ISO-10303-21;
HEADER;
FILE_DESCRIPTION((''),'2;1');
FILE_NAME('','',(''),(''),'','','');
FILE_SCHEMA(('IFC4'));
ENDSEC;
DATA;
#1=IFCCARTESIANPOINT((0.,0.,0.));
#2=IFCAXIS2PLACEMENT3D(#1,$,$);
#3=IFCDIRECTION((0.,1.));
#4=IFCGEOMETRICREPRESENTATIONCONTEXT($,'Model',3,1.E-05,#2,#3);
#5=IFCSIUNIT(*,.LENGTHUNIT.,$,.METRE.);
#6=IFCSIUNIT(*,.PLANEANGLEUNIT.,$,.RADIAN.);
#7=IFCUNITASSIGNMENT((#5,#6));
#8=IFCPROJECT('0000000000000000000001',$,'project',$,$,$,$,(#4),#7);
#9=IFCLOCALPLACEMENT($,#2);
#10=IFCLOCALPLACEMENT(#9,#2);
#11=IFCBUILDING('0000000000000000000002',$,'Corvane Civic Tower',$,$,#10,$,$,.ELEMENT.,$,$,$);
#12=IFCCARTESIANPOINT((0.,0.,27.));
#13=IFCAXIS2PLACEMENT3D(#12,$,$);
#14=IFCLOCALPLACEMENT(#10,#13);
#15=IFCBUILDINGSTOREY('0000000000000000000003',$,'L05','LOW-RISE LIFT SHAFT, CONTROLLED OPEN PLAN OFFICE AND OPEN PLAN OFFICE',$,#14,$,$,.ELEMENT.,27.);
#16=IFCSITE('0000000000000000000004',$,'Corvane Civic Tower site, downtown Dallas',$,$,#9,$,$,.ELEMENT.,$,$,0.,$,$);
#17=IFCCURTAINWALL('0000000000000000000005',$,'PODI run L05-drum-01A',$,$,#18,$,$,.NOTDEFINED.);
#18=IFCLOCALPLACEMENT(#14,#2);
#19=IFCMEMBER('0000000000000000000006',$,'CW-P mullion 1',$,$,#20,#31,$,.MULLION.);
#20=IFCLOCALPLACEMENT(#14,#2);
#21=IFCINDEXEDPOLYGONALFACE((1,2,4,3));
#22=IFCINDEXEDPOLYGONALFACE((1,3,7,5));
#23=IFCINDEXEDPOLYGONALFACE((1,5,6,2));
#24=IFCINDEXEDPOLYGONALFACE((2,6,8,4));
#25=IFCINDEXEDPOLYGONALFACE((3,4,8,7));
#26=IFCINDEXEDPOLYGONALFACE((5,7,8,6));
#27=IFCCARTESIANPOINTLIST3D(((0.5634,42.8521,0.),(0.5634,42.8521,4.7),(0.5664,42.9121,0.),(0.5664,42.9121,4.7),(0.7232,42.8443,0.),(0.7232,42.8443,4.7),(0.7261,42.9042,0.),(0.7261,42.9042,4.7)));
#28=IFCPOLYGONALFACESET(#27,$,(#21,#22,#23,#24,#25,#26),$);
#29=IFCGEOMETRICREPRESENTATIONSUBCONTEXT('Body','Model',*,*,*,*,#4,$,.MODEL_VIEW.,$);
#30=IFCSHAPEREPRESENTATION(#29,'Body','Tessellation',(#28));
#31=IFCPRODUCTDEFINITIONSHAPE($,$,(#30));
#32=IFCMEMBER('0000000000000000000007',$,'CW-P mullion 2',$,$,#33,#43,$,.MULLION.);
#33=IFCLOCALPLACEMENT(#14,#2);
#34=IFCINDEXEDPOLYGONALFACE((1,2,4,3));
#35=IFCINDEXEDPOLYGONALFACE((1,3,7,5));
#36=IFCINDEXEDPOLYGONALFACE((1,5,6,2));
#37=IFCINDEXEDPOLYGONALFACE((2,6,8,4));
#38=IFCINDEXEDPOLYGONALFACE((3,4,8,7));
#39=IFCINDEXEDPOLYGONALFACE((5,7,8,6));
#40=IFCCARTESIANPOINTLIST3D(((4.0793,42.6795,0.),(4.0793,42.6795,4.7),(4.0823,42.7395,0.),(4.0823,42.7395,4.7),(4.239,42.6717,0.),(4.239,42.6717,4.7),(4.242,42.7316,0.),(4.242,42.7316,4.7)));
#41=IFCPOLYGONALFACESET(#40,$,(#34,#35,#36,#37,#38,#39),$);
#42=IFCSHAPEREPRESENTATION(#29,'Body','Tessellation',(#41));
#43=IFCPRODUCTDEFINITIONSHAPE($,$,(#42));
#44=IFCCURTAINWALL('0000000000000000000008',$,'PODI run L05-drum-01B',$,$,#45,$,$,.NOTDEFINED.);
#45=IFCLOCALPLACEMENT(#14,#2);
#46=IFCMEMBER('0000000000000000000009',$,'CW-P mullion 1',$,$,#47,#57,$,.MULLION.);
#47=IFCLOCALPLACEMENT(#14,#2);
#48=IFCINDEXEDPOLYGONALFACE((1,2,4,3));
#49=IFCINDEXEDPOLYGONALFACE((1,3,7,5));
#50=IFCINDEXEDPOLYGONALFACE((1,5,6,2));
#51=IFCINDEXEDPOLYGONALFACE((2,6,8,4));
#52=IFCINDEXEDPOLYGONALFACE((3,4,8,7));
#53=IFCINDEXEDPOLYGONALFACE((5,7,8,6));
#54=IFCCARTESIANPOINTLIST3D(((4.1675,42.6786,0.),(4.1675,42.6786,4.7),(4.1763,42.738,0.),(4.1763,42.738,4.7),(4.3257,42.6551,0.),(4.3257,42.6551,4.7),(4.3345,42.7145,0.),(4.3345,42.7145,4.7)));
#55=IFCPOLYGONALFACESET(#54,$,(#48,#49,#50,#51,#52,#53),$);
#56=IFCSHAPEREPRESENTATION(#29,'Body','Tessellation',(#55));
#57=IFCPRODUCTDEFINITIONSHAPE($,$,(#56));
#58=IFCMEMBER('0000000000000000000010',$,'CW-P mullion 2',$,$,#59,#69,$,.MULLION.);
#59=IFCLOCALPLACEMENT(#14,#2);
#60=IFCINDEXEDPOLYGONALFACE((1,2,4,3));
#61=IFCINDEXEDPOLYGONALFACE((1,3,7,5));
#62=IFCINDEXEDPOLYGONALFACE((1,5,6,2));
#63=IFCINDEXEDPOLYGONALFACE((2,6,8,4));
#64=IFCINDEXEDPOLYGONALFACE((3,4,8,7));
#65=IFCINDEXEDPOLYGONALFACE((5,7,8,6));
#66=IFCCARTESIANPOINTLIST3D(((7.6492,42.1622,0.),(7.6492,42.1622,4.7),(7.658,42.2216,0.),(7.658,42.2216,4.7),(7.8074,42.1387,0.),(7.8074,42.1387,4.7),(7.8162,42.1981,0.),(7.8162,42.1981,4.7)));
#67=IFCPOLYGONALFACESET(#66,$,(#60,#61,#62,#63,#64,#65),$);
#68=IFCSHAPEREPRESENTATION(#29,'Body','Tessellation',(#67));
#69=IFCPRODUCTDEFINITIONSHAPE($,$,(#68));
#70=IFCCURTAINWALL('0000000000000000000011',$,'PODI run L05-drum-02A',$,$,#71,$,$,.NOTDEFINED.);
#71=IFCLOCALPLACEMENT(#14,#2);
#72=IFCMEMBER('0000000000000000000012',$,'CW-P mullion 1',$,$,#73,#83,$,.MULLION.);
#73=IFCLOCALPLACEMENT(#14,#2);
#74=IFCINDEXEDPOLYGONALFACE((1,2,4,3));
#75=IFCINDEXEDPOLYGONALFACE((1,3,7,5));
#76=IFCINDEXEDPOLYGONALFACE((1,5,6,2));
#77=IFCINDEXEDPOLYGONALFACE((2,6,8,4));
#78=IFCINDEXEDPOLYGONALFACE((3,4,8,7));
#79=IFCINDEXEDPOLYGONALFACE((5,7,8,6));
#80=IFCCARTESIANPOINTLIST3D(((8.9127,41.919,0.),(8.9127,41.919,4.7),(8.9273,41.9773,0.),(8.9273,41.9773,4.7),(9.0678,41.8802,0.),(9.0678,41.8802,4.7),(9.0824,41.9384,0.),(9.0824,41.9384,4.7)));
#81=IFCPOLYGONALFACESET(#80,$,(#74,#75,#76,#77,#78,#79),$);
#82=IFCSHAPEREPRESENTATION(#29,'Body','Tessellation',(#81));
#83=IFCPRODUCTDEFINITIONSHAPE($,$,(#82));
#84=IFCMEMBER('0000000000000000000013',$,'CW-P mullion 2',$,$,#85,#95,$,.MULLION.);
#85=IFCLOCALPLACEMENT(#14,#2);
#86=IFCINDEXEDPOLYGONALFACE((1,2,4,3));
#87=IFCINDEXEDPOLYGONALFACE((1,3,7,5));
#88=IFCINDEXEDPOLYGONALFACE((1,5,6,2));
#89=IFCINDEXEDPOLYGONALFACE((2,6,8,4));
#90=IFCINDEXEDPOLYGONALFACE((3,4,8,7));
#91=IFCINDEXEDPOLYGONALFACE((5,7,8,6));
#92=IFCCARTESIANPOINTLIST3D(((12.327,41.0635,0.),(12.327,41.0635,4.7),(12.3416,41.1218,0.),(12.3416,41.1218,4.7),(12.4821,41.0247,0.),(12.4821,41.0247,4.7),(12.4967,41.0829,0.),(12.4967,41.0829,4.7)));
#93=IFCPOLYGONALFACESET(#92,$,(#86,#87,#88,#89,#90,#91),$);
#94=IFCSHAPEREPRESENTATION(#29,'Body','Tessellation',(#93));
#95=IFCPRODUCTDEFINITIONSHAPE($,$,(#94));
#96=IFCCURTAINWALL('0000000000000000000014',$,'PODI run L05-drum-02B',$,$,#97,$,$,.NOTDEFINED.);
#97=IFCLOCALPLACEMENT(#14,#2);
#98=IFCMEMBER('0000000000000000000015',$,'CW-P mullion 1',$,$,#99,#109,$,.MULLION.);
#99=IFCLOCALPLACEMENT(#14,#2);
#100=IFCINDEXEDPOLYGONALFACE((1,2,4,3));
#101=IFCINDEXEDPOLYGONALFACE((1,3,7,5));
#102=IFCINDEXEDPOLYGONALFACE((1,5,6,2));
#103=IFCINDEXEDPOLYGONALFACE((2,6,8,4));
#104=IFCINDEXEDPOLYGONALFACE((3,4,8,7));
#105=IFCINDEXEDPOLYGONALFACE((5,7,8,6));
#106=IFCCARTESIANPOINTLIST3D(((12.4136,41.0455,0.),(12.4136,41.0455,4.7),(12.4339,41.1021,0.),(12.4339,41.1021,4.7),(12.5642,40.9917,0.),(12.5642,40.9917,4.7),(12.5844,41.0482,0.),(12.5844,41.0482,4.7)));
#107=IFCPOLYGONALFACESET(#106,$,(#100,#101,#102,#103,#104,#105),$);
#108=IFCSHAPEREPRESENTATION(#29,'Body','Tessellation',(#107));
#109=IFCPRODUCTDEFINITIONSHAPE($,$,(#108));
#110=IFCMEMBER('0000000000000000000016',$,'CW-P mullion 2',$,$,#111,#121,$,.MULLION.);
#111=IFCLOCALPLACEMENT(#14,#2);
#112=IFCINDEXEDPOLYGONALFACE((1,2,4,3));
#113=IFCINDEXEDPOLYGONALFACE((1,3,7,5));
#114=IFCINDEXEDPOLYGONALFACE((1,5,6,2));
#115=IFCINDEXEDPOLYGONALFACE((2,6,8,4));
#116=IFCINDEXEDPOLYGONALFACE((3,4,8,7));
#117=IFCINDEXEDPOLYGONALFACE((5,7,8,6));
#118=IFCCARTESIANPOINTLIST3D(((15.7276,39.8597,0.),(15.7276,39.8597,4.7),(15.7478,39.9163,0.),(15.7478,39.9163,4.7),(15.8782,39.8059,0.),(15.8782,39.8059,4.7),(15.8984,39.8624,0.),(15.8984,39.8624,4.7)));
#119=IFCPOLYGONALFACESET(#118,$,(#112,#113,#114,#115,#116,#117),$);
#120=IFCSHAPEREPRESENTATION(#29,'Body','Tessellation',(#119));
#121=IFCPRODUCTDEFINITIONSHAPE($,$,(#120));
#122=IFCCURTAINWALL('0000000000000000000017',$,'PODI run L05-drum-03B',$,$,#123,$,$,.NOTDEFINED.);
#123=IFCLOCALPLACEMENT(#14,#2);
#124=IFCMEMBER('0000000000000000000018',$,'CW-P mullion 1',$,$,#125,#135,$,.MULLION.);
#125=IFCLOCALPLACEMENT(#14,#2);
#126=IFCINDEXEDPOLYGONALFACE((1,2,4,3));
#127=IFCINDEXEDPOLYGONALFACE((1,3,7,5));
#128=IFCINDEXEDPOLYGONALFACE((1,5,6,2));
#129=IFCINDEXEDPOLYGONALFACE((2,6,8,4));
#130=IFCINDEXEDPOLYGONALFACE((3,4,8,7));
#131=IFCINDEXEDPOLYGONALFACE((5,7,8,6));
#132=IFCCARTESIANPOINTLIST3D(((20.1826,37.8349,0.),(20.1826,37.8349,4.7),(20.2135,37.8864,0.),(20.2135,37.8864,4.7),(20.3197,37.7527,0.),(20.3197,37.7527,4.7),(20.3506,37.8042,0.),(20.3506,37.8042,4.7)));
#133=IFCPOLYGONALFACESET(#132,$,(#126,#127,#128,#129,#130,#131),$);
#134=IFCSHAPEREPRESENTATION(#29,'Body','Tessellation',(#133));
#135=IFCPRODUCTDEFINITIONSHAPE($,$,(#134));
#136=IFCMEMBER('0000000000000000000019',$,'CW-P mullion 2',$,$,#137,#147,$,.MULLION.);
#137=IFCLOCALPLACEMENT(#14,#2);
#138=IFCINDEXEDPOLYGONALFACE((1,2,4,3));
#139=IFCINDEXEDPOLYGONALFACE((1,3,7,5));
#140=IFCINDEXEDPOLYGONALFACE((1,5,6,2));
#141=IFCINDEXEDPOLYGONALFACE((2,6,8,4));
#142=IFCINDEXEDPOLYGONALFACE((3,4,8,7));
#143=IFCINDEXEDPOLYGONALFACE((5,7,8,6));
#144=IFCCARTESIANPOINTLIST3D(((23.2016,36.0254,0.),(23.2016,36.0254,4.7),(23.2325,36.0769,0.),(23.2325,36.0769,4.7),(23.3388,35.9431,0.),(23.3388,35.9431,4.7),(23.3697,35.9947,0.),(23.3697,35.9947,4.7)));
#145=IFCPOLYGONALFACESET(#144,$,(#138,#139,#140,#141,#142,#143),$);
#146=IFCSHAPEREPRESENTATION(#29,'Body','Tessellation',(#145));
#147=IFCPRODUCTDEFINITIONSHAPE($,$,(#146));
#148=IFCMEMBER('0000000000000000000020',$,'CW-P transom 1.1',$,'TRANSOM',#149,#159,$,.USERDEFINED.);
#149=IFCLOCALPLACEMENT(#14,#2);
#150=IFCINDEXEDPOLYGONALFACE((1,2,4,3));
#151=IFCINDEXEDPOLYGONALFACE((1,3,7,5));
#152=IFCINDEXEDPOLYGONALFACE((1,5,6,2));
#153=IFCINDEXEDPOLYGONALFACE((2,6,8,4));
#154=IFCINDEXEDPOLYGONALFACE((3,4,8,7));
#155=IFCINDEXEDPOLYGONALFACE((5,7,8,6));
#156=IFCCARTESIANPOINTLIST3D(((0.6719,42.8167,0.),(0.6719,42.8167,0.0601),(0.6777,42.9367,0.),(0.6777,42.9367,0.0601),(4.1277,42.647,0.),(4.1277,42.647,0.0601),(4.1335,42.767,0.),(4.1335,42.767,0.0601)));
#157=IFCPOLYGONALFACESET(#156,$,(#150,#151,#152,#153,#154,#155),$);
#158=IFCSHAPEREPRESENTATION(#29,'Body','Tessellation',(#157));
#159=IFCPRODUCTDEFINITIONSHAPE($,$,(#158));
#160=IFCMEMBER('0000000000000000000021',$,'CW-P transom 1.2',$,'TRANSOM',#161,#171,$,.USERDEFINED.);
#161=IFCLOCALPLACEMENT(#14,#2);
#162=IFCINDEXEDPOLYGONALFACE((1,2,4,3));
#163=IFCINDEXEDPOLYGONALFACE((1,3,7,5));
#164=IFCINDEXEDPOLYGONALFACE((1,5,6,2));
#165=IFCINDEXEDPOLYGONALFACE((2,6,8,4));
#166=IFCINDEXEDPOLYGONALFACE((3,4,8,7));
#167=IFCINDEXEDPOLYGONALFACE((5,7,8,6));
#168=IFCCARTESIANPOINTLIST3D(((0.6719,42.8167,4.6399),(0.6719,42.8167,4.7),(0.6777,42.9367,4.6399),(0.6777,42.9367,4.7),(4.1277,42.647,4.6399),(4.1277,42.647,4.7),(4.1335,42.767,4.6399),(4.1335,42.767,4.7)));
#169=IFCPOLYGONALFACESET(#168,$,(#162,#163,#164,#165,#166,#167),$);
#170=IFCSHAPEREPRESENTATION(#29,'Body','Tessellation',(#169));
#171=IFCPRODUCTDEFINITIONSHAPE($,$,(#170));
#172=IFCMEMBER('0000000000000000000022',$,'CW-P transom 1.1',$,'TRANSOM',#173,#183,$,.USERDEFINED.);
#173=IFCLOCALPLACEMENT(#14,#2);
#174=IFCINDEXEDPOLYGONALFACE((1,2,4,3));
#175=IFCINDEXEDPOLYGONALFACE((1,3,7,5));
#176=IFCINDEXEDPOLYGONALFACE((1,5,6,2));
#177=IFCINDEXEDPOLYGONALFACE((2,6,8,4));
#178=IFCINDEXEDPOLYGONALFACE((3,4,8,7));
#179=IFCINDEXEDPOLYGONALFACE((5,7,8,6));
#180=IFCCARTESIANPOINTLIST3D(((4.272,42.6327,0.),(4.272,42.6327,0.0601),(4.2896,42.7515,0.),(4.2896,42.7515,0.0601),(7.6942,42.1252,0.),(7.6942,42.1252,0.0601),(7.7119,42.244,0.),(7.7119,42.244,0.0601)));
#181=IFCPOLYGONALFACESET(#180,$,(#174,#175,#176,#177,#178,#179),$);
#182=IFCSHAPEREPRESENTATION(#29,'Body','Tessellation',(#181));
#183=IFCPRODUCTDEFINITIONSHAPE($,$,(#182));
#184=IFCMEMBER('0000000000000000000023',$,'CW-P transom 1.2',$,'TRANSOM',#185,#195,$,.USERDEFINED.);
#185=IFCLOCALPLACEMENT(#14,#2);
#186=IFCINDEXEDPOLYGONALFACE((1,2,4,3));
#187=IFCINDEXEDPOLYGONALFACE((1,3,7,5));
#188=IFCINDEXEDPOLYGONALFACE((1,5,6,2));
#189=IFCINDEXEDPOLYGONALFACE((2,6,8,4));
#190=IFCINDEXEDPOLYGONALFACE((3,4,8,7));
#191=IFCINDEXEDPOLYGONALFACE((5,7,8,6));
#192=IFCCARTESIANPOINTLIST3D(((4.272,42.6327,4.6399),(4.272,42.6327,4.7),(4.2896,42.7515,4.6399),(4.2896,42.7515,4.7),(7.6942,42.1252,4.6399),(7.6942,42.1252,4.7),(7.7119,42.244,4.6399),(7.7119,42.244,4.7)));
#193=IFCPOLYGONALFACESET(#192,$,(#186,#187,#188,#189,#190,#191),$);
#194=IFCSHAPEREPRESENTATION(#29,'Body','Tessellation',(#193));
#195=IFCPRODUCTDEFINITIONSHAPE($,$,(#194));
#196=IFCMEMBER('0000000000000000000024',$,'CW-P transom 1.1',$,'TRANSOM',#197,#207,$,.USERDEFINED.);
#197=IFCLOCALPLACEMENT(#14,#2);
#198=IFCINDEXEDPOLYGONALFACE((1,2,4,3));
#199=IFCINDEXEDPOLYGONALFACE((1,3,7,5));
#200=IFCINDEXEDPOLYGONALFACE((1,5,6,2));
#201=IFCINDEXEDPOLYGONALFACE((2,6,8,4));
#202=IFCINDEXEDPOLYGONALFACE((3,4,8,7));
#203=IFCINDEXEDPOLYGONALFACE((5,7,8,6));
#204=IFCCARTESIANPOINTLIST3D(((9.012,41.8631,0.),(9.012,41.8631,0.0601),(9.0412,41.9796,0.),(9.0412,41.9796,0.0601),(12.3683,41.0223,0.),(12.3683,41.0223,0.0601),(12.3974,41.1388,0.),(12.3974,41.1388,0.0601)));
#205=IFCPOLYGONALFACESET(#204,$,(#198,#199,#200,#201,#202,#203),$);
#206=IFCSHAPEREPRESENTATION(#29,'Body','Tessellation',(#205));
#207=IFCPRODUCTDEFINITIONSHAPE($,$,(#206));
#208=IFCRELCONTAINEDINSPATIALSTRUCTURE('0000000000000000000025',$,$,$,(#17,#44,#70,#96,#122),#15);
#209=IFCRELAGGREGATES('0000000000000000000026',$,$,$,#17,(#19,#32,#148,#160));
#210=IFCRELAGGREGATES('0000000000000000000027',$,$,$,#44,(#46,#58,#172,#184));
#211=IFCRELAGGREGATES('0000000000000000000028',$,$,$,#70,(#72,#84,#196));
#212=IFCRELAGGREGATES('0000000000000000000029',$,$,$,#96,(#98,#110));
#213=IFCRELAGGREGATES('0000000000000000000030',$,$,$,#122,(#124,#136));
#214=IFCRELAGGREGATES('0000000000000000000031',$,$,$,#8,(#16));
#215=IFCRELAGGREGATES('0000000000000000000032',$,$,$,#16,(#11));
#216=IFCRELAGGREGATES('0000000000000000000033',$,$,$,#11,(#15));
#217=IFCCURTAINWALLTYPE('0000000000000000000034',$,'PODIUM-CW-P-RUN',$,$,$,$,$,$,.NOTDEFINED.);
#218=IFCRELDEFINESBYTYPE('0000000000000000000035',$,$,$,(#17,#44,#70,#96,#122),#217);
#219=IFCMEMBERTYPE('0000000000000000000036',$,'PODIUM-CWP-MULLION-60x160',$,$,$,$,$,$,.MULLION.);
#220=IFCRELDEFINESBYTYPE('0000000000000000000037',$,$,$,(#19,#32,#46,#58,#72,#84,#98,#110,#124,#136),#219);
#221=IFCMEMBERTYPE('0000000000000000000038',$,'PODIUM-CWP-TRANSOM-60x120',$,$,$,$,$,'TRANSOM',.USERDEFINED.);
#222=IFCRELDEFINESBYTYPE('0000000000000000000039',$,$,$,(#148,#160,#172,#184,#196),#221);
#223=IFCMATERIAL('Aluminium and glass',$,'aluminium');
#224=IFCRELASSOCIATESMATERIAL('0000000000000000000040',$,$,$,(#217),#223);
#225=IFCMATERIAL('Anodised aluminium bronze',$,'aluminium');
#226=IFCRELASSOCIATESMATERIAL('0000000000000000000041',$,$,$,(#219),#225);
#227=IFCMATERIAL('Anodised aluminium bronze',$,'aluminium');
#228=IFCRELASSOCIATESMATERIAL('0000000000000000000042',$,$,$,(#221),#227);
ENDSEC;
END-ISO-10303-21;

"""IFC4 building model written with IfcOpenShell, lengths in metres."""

from ifc_helpers import new_model, si_unit, direction, frame, origin, origin_2d, place, context, subcontext, project, spatial, rectangle, extrude, material, material_profile, profile_set, type_object, element, aggregate, save


model = new_model("IFC4")

# Units and contexts
model_context = context("Model", 3, precision=1e-05, world=origin(), true_north=direction((0.0, 1.0)))
body_context = subcontext(model_context, "Body", "Model", "MODEL_VIEW")
ifc_project = project(units=[si_unit("LENGTHUNIT", "METRE"), si_unit("PLANEANGLEUNIT", "RADIAN")], contexts=[model_context])

# Site, building, storey
site_placement = place(None, origin())
site = spatial("IfcSite", under=ifc_project, at=site_placement, Name="Corvane Civic Tower site, downtown Dallas", CompositionType="ELEMENT", RefElevation=0.0)
building_placement = place(site_placement, origin())
building = spatial("IfcBuilding", under=site, at=building_placement, Name="Corvane Civic Tower", CompositionType="ELEMENT")
storey_placement = place(building_placement, frame((0.0, 0.0, 27.0)))
storey = spatial("IfcBuildingStorey", under=building, at=storey_placement, Name="L05", Description="LOW-RISE LIFT SHAFT, CONTROLLED OPEN PLAN OFFICE AND OPEN PLAN OFFICE", CompositionType="ELEMENT", Elevation=27.0)

# Curtain walls, members
ifc_material_1 = material(Name="Aluminium and glass", Category="aluminium")
curtain_wall_type = type_object("IfcCurtainWallType", Name="PODIUM-CW-P-RUN", PredefinedType="NOTDEFINED", material=ifc_material_1)
curtain_wall_1_placement = place(storey_placement, origin())
curtain_wall_1 = element("IfcCurtainWall", 1, at=curtain_wall_1_placement, inside=storey, type_object=curtain_wall_type, Name="PODI run L05-drum-01A", PredefinedType="NOTDEFINED")
ifc_material_2 = material(Name="Anodised aluminium bronze", Category="aluminium")
ifc_material_profile_1 = material_profile(ifc_material_2, rectangle(XDim=0.0601, YDim=0.1599, at=origin_2d()), Name="AL 60x160")
ifc_profile_set_1 = profile_set([ifc_material_profile_1], Name="Anodised aluminium bronze")
member_type_1 = type_object("IfcMemberType", Name="PODIUM-CWP-MULLION-60x160", PredefinedType="MULLION", material=ifc_profile_set_1)
member_1_placement = place(storey_placement, frame((0.6448, 42.8782, 0.0), z_axis=(0.0, 0.0, 1.0), x_axis=(0.04905, 0.998796, 0.0)))
member_1 = element("IfcMember", 2, at=member_1_placement, type_object=member_type_1, Name="CW-P mullion 1", PredefinedType="MULLION", context=body_context, shape_type="SweptSolid", body=[
    extrude(rectangle(XDim=0.0601, YDim=0.1599, at=origin_2d()), origin(), (0.0, 0.0, 1.0), 4.7),
])
member_2_placement = place(storey_placement, frame((4.1606, 42.7056, 0.0), z_axis=(0.0, 0.0, 1.0), x_axis=(0.04905, 0.998796, 0.0)))
member_2 = element("IfcMember", 3, at=member_2_placement, type_object=member_type_1, Name="CW-P mullion 2", PredefinedType="MULLION", context=body_context, shape_type="SweptSolid", body=[
    extrude(rectangle(XDim=0.0601, YDim=0.1599, at=origin_2d()), origin(), (0.0, 0.0, 1.0), 4.7),
])
curtain_wall_2_placement = place(storey_placement, origin())
curtain_wall_2 = element("IfcCurtainWall", 4, at=curtain_wall_2_placement, inside=storey, type_object=curtain_wall_type, Name="PODI run L05-drum-01B", PredefinedType="NOTDEFINED")
member_3_placement = place(storey_placement, frame((4.251, 42.6965, 0.0), z_axis=(0.0, 0.0, 1.0), x_axis=(0.146715, 0.989179, 0.0)))
member_3 = element("IfcMember", 5, at=member_3_placement, type_object=member_type_1, Name="CW-P mullion 1", PredefinedType="MULLION", context=body_context, shape_type="SweptSolid", body=[
    extrude(rectangle(XDim=0.0601, YDim=0.1599, at=origin_2d()), origin(), (0.0, 0.0, 1.0), 4.7),
])
member_4_placement = place(storey_placement, frame((7.7327, 42.1802, 0.0), z_axis=(0.0, 0.0, 1.0), x_axis=(0.146715, 0.989179, 0.0)))
member_4 = element("IfcMember", 6, at=member_4_placement, type_object=member_type_1, Name="CW-P mullion 2", PredefinedType="MULLION", context=body_context, shape_type="SweptSolid", body=[
    extrude(rectangle(XDim=0.0601, YDim=0.1599, at=origin_2d()), origin(), (0.0, 0.0, 1.0), 4.7),
])
curtain_wall_3_placement = place(storey_placement, origin())
curtain_wall_3 = element("IfcCurtainWall", 7, at=curtain_wall_3_placement, inside=storey, type_object=curtain_wall_type, Name="PODI run L05-drum-02A", PredefinedType="NOTDEFINED")
member_5_placement = place(storey_placement, frame((8.9976, 41.9287, 0.0), z_axis=(0.0, 0.0, 1.0), x_axis=(0.243009, 0.970024, 0.0)))
member_5 = element("IfcMember", 8, at=member_5_placement, type_object=member_type_1, Name="CW-P mullion 1", PredefinedType="MULLION", context=body_context, shape_type="SweptSolid", body=[
    extrude(rectangle(XDim=0.0601, YDim=0.1599, at=origin_2d()), origin(), (0.0, 0.0, 1.0), 4.7),
])
member_6_placement = place(storey_placement, frame((12.4119, 41.0732, 0.0), z_axis=(0.0, 0.0, 1.0), x_axis=(0.243009, 0.970024, 0.0)))
member_6 = element("IfcMember", 9, at=member_6_placement, type_object=member_type_1, Name="CW-P mullion 2", PredefinedType="MULLION", context=body_context, shape_type="SweptSolid", body=[
    extrude(rectangle(XDim=0.0601, YDim=0.1599, at=origin_2d()), origin(), (0.0, 0.0, 1.0), 4.7),
])
curtain_wall_4_placement = place(storey_placement, origin())
curtain_wall_4 = element("IfcCurtainWall", 10, at=curtain_wall_4_placement, inside=storey, type_object=curtain_wall_type, Name="PODI run L05-drum-02B", PredefinedType="NOTDEFINED")
member_7_placement = place(storey_placement, frame((12.499, 41.0469, 0.0), z_axis=(0.0, 0.0, 1.0), x_axis=(0.336919, 0.941534, 0.0)))
member_7 = element("IfcMember", 11, at=member_7_placement, type_object=member_type_1, Name="CW-P mullion 1", PredefinedType="MULLION", context=body_context, shape_type="SweptSolid", body=[
    extrude(rectangle(XDim=0.0601, YDim=0.1599, at=origin_2d()), origin(), (0.0, 0.0, 1.0), 4.7),
])
member_8_placement = place(storey_placement, frame((15.813, 39.8611, 0.0), z_axis=(0.0, 0.0, 1.0), x_axis=(0.336919, 0.941534, 0.0)))
member_8 = element("IfcMember", 12, at=member_8_placement, type_object=member_type_1, Name="CW-P mullion 2", PredefinedType="MULLION", context=body_context, shape_type="SweptSolid", body=[
    extrude(rectangle(XDim=0.0601, YDim=0.1599, at=origin_2d()), origin(), (0.0, 0.0, 1.0), 4.7),
])
curtain_wall_5_placement = place(storey_placement, origin())
curtain_wall_5 = element("IfcCurtainWall", 13, at=curtain_wall_5_placement, inside=storey, type_object=curtain_wall_type, Name="PODI run L05-drum-03B", PredefinedType="NOTDEFINED")
member_9_placement = place(storey_placement, frame((20.2666, 37.8196, 0.0), z_axis=(0.0, 0.0, 1.0), x_axis=(0.514118, 0.85772, 0.0)))
member_9 = element("IfcMember", 14, at=member_9_placement, type_object=member_type_1, Name="CW-P mullion 1", PredefinedType="MULLION", context=body_context, shape_type="SweptSolid", body=[
    extrude(rectangle(XDim=0.0601, YDim=0.1599, at=origin_2d()), origin(), (0.0, 0.0, 1.0), 4.7),
])
member_10_placement = place(storey_placement, frame((23.2856, 36.01, 0.0), z_axis=(0.0, 0.0, 1.0), x_axis=(0.514118, 0.85772, 0.0)))
member_10 = element("IfcMember", 15, at=member_10_placement, type_object=member_type_1, Name="CW-P mullion 2", PredefinedType="MULLION", context=body_context, shape_type="SweptSolid", body=[
    extrude(rectangle(XDim=0.0601, YDim=0.1599, at=origin_2d()), origin(), (0.0, 0.0, 1.0), 4.7),
])

# Members
ifc_material_3 = material(Name="Anodised aluminium bronze", Category="aluminium")
ifc_material_profile_2 = material_profile(ifc_material_3, rectangle(XDim=0.1201, YDim=0.0601, at=origin_2d()), Name="AL 120x60")
ifc_profile_set_2 = profile_set([ifc_material_profile_2], Name="Anodised aluminium bronze")
member_type_2 = type_object("IfcMemberType", Name="PODIUM-CWP-TRANSOM-60x120", ElementType="TRANSOM", PredefinedType="USERDEFINED", material=ifc_profile_set_2)
member_11_placement = place(storey_placement, frame((0.6748, 42.8767, 0.03), z_axis=(0.998797, -0.04904, 0.0), x_axis=(0.04904, 0.998797, 0.0)))
member_11 = element("IfcMember", 16, at=member_11_placement, type_object=member_type_2, Name="CW-P transom 1.1", ObjectType="TRANSOM", PredefinedType="USERDEFINED", context=body_context, shape_type="SweptSolid", body=[
    extrude(rectangle(XDim=0.1201, YDim=0.0601, at=origin_2d()), origin(), (0.0, 0.0, 1.0), 3.46),
])
member_12_placement = place(storey_placement, frame((0.6748, 42.8767, 4.6699), z_axis=(0.998797, -0.04904, 0.0), x_axis=(0.04904, 0.998797, 0.0)))
member_12 = element("IfcMember", 17, at=member_12_placement, type_object=member_type_2, Name="CW-P transom 1.2", ObjectType="TRANSOM", PredefinedType="USERDEFINED", context=body_context, shape_type="SweptSolid", body=[
    extrude(rectangle(XDim=0.1201, YDim=0.0601, at=origin_2d()), origin(), (0.0, 0.0, 1.0), 3.46),
])
member_13_placement = place(storey_placement, frame((4.2808, 42.6921, 0.03), z_axis=(0.98918, -0.146705, 0.0), x_axis=(0.146705, 0.98918, 0.0)))
member_13 = element("IfcMember", 18, at=member_13_placement, type_object=member_type_2, Name="CW-P transom 1.1", ObjectType="TRANSOM", PredefinedType="USERDEFINED", context=body_context, shape_type="SweptSolid", body=[
    extrude(rectangle(XDim=0.1201, YDim=0.0601, at=origin_2d()), origin(), (0.0, 0.0, 1.0), 3.4597),
])
member_14_placement = place(storey_placement, frame((4.2808, 42.6921, 4.6699), z_axis=(0.98918, -0.146705, 0.0), x_axis=(0.146705, 0.98918, 0.0)))
member_14 = element("IfcMember", 19, at=member_14_placement, type_object=member_type_2, Name="CW-P transom 1.2", ObjectType="TRANSOM", PredefinedType="USERDEFINED", context=body_context, shape_type="SweptSolid", body=[
    extrude(rectangle(XDim=0.1201, YDim=0.0601, at=origin_2d()), origin(), (0.0, 0.0, 1.0), 3.4597),
])
member_15_placement = place(storey_placement, frame((9.0266, 41.9214, 0.03), z_axis=(0.970022, -0.243017, 0.0), x_axis=(0.243017, 0.970022, 0.0)))
member_15 = element("IfcMember", 20, at=member_15_placement, type_object=member_type_2, Name="CW-P transom 1.1", ObjectType="TRANSOM", PredefinedType="USERDEFINED", context=body_context, shape_type="SweptSolid", body=[
    extrude(rectangle(XDim=0.1201, YDim=0.0601, at=origin_2d()), origin(), (0.0, 0.0, 1.0), 3.46),
])

aggregate(curtain_wall_1, [member_1, member_2, member_11, member_12])
aggregate(curtain_wall_2, [member_3, member_4, member_13, member_14])
aggregate(curtain_wall_3, [member_5, member_6, member_15])
aggregate(curtain_wall_4, [member_7, member_8])
aggregate(curtain_wall_5, [member_9, member_10])

save(model, "model.ifc")
